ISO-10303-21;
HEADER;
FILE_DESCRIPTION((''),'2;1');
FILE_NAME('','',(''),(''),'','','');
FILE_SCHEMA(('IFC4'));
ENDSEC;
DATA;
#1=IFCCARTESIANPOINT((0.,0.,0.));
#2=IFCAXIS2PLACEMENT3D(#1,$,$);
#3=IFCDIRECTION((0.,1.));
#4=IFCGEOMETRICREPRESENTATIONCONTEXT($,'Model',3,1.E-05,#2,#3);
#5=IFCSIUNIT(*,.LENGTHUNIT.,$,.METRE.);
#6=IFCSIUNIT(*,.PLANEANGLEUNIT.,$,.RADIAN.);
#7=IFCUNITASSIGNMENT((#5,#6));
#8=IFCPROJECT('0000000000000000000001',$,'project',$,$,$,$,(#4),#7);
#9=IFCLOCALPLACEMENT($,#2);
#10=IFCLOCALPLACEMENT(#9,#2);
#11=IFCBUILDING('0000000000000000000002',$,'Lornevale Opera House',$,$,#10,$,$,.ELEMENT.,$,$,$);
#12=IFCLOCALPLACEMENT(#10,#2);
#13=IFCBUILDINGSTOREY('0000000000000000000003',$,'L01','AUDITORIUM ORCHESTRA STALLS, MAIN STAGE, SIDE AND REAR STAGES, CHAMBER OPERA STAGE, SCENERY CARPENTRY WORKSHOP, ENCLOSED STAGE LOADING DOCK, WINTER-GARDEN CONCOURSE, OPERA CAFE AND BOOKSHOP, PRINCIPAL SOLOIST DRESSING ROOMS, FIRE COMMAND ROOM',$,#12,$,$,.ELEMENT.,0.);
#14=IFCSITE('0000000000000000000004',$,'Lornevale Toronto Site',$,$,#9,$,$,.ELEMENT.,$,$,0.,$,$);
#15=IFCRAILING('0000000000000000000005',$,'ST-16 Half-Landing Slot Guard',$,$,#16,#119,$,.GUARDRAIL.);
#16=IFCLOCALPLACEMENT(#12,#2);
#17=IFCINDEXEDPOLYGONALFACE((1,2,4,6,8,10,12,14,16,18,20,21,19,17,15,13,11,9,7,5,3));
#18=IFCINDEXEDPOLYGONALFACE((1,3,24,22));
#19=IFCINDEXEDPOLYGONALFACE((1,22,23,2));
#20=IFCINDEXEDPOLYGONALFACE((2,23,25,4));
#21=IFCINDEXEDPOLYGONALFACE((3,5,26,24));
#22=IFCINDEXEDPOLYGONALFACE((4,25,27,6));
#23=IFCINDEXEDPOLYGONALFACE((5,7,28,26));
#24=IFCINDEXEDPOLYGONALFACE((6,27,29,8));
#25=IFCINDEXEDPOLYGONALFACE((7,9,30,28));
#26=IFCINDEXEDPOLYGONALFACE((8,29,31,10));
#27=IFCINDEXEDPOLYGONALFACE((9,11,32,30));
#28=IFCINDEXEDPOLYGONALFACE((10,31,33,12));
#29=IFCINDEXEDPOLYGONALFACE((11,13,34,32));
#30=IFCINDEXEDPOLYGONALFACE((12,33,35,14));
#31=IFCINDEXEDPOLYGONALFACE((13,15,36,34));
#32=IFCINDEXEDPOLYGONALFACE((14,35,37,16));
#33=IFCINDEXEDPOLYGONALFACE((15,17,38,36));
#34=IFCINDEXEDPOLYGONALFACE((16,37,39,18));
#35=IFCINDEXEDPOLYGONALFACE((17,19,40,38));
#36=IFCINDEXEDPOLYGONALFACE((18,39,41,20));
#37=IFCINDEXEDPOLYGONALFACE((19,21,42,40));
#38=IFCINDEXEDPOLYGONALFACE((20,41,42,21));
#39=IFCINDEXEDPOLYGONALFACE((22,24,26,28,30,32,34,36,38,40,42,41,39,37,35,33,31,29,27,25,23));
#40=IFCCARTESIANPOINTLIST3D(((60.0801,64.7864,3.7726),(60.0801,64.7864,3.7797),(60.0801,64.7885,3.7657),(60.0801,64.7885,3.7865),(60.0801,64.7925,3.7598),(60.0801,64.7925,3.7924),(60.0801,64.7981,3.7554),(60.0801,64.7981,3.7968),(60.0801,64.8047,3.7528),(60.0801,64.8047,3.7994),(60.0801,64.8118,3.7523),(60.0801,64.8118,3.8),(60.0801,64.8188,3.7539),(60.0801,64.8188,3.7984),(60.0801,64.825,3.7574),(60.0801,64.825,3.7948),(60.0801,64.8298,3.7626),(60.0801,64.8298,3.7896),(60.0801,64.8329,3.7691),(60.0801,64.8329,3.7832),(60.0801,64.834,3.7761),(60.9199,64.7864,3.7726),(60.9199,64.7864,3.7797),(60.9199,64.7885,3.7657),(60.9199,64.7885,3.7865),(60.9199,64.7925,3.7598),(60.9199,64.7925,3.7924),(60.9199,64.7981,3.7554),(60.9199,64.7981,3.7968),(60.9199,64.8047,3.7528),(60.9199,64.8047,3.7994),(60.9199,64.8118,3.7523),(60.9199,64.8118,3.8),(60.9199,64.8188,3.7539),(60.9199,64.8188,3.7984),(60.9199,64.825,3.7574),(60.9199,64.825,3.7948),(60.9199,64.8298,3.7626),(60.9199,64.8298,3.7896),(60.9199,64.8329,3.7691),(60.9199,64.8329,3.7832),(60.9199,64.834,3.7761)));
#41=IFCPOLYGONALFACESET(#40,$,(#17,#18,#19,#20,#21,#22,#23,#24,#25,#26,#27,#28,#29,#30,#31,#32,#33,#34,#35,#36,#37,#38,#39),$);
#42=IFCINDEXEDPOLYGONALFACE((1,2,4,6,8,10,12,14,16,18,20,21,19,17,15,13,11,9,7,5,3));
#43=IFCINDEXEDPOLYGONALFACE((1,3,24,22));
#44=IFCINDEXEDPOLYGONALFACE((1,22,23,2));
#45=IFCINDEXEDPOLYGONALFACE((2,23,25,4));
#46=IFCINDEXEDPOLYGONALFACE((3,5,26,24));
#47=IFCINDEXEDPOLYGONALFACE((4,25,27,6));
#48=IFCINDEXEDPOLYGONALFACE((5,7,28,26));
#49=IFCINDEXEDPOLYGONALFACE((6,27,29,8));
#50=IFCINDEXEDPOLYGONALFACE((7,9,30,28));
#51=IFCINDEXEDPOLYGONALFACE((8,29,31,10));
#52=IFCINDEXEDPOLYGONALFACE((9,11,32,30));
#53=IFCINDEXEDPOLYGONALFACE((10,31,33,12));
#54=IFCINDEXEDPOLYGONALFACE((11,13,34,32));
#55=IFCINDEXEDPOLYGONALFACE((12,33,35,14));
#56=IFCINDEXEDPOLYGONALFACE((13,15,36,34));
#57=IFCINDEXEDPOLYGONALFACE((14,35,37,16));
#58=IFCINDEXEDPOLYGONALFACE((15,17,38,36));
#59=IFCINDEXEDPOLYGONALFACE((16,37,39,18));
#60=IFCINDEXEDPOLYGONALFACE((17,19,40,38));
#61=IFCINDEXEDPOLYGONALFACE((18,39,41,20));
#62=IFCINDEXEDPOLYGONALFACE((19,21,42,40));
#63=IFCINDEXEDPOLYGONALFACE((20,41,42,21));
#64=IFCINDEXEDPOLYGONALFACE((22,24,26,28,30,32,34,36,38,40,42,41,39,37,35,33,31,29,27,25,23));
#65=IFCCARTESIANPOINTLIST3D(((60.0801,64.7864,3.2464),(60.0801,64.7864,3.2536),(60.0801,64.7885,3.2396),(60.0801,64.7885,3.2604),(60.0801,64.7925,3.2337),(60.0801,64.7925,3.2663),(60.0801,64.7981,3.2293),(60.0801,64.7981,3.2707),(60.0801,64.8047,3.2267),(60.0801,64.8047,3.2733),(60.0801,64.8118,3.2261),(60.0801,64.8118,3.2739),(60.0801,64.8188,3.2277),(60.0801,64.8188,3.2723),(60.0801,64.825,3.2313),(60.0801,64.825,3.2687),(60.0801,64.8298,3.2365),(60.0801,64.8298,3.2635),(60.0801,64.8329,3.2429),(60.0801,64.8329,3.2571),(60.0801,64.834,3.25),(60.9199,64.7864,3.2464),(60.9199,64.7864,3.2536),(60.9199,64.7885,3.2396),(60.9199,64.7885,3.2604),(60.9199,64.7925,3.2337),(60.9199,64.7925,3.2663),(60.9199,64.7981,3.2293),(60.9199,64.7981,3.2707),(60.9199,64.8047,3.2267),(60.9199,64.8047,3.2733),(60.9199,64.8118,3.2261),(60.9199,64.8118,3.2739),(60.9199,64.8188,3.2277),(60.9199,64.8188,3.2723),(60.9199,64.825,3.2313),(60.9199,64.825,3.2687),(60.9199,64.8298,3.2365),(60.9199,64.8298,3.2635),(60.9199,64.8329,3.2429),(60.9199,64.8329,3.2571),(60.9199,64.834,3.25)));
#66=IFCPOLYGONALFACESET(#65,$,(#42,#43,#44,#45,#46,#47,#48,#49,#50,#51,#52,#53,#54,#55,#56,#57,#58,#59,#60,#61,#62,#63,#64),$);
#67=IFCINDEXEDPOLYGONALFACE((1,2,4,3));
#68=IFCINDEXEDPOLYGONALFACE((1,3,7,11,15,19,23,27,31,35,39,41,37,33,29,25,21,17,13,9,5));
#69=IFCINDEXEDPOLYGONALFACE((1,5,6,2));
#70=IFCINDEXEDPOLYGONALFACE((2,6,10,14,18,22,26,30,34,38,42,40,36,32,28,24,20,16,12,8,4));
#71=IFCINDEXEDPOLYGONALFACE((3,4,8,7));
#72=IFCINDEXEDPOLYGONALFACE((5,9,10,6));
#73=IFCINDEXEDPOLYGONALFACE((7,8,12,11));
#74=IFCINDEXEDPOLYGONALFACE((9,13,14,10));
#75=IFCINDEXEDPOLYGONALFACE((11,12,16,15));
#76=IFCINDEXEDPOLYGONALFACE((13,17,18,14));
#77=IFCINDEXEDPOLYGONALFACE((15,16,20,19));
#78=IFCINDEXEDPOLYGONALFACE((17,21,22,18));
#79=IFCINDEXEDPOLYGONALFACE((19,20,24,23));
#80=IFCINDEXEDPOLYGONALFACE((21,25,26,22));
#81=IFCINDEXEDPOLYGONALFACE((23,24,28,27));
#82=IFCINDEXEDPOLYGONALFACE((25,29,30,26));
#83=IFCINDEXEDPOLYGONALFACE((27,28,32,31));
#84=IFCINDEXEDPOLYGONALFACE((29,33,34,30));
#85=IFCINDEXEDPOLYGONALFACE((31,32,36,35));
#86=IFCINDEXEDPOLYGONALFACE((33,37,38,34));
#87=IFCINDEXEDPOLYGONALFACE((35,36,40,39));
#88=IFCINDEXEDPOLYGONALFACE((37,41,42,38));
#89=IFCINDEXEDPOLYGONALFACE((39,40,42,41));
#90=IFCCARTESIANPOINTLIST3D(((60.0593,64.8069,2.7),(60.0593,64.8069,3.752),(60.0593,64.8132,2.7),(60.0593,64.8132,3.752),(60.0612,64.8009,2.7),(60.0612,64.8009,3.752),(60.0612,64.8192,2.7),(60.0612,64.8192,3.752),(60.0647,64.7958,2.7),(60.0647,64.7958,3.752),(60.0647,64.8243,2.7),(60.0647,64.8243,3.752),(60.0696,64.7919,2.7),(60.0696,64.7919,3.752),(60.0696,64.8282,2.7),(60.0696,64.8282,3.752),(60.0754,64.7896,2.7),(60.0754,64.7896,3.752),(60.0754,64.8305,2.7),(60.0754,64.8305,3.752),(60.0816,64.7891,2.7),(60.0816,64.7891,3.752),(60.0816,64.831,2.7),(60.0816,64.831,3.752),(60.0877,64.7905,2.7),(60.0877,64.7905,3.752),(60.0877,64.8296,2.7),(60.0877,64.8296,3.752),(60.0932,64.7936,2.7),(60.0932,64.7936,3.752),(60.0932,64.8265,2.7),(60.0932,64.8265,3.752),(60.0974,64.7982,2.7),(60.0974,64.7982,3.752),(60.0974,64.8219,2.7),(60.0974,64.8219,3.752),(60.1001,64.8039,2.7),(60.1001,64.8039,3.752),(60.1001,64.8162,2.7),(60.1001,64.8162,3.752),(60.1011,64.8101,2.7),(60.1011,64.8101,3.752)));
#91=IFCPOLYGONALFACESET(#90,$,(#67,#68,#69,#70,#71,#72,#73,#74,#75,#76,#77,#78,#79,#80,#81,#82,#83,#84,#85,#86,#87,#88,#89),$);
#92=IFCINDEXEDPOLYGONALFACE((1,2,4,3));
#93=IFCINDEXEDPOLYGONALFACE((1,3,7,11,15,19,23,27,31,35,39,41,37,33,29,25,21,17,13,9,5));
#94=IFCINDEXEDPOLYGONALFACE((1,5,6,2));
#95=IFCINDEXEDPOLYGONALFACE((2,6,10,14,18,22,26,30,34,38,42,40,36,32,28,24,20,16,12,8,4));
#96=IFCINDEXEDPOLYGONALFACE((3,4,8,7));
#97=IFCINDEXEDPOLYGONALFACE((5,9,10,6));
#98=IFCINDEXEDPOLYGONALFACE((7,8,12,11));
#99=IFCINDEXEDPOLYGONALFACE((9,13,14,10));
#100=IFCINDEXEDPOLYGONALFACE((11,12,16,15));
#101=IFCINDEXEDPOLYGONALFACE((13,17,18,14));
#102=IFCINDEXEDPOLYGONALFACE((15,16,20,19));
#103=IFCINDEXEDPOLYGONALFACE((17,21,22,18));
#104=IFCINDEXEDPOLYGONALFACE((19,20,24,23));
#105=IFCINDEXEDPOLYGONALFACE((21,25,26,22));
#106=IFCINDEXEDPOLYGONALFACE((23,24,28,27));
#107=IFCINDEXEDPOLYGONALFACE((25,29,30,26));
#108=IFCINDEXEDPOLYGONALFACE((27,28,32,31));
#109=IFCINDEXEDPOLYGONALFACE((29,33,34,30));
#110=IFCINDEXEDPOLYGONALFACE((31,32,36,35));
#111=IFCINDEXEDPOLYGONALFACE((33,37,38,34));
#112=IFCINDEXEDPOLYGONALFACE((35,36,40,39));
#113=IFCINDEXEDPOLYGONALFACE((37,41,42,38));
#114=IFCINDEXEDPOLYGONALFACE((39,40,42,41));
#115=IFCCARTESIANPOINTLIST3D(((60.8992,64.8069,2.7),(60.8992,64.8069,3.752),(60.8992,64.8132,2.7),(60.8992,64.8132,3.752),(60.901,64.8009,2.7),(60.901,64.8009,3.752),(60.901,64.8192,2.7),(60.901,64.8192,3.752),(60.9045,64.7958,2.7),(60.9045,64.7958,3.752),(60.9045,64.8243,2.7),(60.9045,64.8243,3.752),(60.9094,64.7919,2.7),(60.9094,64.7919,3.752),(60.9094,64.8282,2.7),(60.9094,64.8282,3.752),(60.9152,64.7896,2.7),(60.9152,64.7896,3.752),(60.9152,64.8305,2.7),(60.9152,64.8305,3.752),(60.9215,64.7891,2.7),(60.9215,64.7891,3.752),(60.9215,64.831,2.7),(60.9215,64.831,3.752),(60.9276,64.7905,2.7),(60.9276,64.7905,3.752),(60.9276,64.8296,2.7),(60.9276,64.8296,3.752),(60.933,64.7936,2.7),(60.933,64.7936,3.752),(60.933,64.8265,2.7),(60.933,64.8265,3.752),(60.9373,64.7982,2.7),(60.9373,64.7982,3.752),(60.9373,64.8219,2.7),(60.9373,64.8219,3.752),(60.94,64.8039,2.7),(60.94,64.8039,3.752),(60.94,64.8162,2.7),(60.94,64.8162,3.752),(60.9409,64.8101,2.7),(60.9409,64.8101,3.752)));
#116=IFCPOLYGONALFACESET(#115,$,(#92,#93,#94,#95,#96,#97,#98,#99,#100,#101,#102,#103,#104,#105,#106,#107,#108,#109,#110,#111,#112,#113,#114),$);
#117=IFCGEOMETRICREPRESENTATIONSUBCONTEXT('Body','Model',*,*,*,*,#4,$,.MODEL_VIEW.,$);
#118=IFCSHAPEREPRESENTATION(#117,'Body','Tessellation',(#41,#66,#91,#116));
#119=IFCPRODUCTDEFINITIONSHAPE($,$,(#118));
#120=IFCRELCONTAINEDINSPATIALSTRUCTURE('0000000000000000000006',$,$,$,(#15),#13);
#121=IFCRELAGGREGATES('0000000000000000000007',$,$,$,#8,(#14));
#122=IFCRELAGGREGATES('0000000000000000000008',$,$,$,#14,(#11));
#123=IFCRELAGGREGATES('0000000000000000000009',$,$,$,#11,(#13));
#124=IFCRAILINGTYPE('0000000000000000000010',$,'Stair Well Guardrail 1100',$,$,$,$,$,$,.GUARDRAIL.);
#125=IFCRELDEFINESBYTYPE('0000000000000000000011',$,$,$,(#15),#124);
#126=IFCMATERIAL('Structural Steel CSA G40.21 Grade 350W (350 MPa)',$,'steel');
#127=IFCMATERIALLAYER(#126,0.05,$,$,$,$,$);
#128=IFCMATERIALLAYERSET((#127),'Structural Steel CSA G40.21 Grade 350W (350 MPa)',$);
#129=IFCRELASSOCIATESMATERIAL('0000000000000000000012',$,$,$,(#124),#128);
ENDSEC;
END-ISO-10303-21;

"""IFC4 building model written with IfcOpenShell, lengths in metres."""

from ifc_helpers import new_model, si_unit, direction, frame, origin, origin_2d, place, context, subcontext, project, spatial, circle, extrude, material, layer, layer_set, type_object, element, save


model = new_model("IFC4")

# Units and contexts
model_context = context("Model", 3, precision=1e-05, world=origin(), true_north=direction((0.0, 1.0)))
body_context = subcontext(model_context, "Body", "Model", "MODEL_VIEW")
ifc_project = project(units=[si_unit("LENGTHUNIT", "METRE"), si_unit("PLANEANGLEUNIT", "RADIAN")], contexts=[model_context])

# Site, building, storey
site_placement = place(None, origin())
site = spatial("IfcSite", under=ifc_project, at=site_placement, Name="Lornevale Toronto Site", CompositionType="ELEMENT", RefElevation=0.0)
building_placement = place(site_placement, origin())
building = spatial("IfcBuilding", under=site, at=building_placement, Name="Lornevale Opera House", CompositionType="ELEMENT")
storey_placement = place(building_placement, origin())
storey = spatial("IfcBuildingStorey", under=building, at=storey_placement, Name="L01", Description="AUDITORIUM ORCHESTRA STALLS, MAIN STAGE, SIDE AND REAR STAGES, CHAMBER OPERA STAGE, SCENERY CARPENTRY WORKSHOP, ENCLOSED STAGE LOADING DOCK, WINTER-GARDEN CONCOURSE, OPERA CAFE AND BOOKSHOP, PRINCIPAL SOLOIST DRESSING ROOMS, FIRE COMMAND ROOM", CompositionType="ELEMENT", Elevation=0.0)

# Railing
ifc_material_1 = material(Name="Structural Steel CSA G40.21 Grade 350W (350 MPa)", Category="steel")
ifc_layer_1 = layer(ifc_material_1, 0.05)
ifc_layer_set_1 = layer_set([ifc_layer_1], Name="Structural Steel CSA G40.21 Grade 350W (350 MPa)")
railing_type = type_object("IfcRailingType", Name="Stair Well Guardrail 1100", PredefinedType="GUARDRAIL", material=ifc_layer_set_1)
railing_1_placement = place(storey_placement, frame((60.0801, 64.8101, 2.7)))
element("IfcRailing", 1, at=railing_1_placement, inside=storey, type_object=railing_type, Name="ST-16 Half-Landing Slot Guard", PredefinedType="GUARDRAIL", context=body_context, shape_type="SweptSolid", body=[
    extrude(circle(Radius=0.0239, at=origin_2d()), frame((0.0, 0.0, 1.0762), z_axis=(1.0, 0.0, 0.0), x_axis=(0.0, 1.0, 0.0)), (0.0, 0.0, 1.0), 0.8398),
    extrude(circle(Radius=0.0239, at=origin_2d()), frame((0.0, 0.0, 0.55), z_axis=(1.0, 0.0, 0.0), x_axis=(0.0, 1.0, 0.0)), (0.0, 0.0, 1.0), 0.8398),
    extrude(circle(Radius=0.021, at=origin_2d()), origin(), (0.0, 0.0, 1.0), 1.052),
    extrude(circle(Radius=0.021, at=origin_2d()), frame((0.8398, 0.0, 0.0)), (0.0, 0.0, 1.0), 1.052),
])

save(model, "model.ifc")
